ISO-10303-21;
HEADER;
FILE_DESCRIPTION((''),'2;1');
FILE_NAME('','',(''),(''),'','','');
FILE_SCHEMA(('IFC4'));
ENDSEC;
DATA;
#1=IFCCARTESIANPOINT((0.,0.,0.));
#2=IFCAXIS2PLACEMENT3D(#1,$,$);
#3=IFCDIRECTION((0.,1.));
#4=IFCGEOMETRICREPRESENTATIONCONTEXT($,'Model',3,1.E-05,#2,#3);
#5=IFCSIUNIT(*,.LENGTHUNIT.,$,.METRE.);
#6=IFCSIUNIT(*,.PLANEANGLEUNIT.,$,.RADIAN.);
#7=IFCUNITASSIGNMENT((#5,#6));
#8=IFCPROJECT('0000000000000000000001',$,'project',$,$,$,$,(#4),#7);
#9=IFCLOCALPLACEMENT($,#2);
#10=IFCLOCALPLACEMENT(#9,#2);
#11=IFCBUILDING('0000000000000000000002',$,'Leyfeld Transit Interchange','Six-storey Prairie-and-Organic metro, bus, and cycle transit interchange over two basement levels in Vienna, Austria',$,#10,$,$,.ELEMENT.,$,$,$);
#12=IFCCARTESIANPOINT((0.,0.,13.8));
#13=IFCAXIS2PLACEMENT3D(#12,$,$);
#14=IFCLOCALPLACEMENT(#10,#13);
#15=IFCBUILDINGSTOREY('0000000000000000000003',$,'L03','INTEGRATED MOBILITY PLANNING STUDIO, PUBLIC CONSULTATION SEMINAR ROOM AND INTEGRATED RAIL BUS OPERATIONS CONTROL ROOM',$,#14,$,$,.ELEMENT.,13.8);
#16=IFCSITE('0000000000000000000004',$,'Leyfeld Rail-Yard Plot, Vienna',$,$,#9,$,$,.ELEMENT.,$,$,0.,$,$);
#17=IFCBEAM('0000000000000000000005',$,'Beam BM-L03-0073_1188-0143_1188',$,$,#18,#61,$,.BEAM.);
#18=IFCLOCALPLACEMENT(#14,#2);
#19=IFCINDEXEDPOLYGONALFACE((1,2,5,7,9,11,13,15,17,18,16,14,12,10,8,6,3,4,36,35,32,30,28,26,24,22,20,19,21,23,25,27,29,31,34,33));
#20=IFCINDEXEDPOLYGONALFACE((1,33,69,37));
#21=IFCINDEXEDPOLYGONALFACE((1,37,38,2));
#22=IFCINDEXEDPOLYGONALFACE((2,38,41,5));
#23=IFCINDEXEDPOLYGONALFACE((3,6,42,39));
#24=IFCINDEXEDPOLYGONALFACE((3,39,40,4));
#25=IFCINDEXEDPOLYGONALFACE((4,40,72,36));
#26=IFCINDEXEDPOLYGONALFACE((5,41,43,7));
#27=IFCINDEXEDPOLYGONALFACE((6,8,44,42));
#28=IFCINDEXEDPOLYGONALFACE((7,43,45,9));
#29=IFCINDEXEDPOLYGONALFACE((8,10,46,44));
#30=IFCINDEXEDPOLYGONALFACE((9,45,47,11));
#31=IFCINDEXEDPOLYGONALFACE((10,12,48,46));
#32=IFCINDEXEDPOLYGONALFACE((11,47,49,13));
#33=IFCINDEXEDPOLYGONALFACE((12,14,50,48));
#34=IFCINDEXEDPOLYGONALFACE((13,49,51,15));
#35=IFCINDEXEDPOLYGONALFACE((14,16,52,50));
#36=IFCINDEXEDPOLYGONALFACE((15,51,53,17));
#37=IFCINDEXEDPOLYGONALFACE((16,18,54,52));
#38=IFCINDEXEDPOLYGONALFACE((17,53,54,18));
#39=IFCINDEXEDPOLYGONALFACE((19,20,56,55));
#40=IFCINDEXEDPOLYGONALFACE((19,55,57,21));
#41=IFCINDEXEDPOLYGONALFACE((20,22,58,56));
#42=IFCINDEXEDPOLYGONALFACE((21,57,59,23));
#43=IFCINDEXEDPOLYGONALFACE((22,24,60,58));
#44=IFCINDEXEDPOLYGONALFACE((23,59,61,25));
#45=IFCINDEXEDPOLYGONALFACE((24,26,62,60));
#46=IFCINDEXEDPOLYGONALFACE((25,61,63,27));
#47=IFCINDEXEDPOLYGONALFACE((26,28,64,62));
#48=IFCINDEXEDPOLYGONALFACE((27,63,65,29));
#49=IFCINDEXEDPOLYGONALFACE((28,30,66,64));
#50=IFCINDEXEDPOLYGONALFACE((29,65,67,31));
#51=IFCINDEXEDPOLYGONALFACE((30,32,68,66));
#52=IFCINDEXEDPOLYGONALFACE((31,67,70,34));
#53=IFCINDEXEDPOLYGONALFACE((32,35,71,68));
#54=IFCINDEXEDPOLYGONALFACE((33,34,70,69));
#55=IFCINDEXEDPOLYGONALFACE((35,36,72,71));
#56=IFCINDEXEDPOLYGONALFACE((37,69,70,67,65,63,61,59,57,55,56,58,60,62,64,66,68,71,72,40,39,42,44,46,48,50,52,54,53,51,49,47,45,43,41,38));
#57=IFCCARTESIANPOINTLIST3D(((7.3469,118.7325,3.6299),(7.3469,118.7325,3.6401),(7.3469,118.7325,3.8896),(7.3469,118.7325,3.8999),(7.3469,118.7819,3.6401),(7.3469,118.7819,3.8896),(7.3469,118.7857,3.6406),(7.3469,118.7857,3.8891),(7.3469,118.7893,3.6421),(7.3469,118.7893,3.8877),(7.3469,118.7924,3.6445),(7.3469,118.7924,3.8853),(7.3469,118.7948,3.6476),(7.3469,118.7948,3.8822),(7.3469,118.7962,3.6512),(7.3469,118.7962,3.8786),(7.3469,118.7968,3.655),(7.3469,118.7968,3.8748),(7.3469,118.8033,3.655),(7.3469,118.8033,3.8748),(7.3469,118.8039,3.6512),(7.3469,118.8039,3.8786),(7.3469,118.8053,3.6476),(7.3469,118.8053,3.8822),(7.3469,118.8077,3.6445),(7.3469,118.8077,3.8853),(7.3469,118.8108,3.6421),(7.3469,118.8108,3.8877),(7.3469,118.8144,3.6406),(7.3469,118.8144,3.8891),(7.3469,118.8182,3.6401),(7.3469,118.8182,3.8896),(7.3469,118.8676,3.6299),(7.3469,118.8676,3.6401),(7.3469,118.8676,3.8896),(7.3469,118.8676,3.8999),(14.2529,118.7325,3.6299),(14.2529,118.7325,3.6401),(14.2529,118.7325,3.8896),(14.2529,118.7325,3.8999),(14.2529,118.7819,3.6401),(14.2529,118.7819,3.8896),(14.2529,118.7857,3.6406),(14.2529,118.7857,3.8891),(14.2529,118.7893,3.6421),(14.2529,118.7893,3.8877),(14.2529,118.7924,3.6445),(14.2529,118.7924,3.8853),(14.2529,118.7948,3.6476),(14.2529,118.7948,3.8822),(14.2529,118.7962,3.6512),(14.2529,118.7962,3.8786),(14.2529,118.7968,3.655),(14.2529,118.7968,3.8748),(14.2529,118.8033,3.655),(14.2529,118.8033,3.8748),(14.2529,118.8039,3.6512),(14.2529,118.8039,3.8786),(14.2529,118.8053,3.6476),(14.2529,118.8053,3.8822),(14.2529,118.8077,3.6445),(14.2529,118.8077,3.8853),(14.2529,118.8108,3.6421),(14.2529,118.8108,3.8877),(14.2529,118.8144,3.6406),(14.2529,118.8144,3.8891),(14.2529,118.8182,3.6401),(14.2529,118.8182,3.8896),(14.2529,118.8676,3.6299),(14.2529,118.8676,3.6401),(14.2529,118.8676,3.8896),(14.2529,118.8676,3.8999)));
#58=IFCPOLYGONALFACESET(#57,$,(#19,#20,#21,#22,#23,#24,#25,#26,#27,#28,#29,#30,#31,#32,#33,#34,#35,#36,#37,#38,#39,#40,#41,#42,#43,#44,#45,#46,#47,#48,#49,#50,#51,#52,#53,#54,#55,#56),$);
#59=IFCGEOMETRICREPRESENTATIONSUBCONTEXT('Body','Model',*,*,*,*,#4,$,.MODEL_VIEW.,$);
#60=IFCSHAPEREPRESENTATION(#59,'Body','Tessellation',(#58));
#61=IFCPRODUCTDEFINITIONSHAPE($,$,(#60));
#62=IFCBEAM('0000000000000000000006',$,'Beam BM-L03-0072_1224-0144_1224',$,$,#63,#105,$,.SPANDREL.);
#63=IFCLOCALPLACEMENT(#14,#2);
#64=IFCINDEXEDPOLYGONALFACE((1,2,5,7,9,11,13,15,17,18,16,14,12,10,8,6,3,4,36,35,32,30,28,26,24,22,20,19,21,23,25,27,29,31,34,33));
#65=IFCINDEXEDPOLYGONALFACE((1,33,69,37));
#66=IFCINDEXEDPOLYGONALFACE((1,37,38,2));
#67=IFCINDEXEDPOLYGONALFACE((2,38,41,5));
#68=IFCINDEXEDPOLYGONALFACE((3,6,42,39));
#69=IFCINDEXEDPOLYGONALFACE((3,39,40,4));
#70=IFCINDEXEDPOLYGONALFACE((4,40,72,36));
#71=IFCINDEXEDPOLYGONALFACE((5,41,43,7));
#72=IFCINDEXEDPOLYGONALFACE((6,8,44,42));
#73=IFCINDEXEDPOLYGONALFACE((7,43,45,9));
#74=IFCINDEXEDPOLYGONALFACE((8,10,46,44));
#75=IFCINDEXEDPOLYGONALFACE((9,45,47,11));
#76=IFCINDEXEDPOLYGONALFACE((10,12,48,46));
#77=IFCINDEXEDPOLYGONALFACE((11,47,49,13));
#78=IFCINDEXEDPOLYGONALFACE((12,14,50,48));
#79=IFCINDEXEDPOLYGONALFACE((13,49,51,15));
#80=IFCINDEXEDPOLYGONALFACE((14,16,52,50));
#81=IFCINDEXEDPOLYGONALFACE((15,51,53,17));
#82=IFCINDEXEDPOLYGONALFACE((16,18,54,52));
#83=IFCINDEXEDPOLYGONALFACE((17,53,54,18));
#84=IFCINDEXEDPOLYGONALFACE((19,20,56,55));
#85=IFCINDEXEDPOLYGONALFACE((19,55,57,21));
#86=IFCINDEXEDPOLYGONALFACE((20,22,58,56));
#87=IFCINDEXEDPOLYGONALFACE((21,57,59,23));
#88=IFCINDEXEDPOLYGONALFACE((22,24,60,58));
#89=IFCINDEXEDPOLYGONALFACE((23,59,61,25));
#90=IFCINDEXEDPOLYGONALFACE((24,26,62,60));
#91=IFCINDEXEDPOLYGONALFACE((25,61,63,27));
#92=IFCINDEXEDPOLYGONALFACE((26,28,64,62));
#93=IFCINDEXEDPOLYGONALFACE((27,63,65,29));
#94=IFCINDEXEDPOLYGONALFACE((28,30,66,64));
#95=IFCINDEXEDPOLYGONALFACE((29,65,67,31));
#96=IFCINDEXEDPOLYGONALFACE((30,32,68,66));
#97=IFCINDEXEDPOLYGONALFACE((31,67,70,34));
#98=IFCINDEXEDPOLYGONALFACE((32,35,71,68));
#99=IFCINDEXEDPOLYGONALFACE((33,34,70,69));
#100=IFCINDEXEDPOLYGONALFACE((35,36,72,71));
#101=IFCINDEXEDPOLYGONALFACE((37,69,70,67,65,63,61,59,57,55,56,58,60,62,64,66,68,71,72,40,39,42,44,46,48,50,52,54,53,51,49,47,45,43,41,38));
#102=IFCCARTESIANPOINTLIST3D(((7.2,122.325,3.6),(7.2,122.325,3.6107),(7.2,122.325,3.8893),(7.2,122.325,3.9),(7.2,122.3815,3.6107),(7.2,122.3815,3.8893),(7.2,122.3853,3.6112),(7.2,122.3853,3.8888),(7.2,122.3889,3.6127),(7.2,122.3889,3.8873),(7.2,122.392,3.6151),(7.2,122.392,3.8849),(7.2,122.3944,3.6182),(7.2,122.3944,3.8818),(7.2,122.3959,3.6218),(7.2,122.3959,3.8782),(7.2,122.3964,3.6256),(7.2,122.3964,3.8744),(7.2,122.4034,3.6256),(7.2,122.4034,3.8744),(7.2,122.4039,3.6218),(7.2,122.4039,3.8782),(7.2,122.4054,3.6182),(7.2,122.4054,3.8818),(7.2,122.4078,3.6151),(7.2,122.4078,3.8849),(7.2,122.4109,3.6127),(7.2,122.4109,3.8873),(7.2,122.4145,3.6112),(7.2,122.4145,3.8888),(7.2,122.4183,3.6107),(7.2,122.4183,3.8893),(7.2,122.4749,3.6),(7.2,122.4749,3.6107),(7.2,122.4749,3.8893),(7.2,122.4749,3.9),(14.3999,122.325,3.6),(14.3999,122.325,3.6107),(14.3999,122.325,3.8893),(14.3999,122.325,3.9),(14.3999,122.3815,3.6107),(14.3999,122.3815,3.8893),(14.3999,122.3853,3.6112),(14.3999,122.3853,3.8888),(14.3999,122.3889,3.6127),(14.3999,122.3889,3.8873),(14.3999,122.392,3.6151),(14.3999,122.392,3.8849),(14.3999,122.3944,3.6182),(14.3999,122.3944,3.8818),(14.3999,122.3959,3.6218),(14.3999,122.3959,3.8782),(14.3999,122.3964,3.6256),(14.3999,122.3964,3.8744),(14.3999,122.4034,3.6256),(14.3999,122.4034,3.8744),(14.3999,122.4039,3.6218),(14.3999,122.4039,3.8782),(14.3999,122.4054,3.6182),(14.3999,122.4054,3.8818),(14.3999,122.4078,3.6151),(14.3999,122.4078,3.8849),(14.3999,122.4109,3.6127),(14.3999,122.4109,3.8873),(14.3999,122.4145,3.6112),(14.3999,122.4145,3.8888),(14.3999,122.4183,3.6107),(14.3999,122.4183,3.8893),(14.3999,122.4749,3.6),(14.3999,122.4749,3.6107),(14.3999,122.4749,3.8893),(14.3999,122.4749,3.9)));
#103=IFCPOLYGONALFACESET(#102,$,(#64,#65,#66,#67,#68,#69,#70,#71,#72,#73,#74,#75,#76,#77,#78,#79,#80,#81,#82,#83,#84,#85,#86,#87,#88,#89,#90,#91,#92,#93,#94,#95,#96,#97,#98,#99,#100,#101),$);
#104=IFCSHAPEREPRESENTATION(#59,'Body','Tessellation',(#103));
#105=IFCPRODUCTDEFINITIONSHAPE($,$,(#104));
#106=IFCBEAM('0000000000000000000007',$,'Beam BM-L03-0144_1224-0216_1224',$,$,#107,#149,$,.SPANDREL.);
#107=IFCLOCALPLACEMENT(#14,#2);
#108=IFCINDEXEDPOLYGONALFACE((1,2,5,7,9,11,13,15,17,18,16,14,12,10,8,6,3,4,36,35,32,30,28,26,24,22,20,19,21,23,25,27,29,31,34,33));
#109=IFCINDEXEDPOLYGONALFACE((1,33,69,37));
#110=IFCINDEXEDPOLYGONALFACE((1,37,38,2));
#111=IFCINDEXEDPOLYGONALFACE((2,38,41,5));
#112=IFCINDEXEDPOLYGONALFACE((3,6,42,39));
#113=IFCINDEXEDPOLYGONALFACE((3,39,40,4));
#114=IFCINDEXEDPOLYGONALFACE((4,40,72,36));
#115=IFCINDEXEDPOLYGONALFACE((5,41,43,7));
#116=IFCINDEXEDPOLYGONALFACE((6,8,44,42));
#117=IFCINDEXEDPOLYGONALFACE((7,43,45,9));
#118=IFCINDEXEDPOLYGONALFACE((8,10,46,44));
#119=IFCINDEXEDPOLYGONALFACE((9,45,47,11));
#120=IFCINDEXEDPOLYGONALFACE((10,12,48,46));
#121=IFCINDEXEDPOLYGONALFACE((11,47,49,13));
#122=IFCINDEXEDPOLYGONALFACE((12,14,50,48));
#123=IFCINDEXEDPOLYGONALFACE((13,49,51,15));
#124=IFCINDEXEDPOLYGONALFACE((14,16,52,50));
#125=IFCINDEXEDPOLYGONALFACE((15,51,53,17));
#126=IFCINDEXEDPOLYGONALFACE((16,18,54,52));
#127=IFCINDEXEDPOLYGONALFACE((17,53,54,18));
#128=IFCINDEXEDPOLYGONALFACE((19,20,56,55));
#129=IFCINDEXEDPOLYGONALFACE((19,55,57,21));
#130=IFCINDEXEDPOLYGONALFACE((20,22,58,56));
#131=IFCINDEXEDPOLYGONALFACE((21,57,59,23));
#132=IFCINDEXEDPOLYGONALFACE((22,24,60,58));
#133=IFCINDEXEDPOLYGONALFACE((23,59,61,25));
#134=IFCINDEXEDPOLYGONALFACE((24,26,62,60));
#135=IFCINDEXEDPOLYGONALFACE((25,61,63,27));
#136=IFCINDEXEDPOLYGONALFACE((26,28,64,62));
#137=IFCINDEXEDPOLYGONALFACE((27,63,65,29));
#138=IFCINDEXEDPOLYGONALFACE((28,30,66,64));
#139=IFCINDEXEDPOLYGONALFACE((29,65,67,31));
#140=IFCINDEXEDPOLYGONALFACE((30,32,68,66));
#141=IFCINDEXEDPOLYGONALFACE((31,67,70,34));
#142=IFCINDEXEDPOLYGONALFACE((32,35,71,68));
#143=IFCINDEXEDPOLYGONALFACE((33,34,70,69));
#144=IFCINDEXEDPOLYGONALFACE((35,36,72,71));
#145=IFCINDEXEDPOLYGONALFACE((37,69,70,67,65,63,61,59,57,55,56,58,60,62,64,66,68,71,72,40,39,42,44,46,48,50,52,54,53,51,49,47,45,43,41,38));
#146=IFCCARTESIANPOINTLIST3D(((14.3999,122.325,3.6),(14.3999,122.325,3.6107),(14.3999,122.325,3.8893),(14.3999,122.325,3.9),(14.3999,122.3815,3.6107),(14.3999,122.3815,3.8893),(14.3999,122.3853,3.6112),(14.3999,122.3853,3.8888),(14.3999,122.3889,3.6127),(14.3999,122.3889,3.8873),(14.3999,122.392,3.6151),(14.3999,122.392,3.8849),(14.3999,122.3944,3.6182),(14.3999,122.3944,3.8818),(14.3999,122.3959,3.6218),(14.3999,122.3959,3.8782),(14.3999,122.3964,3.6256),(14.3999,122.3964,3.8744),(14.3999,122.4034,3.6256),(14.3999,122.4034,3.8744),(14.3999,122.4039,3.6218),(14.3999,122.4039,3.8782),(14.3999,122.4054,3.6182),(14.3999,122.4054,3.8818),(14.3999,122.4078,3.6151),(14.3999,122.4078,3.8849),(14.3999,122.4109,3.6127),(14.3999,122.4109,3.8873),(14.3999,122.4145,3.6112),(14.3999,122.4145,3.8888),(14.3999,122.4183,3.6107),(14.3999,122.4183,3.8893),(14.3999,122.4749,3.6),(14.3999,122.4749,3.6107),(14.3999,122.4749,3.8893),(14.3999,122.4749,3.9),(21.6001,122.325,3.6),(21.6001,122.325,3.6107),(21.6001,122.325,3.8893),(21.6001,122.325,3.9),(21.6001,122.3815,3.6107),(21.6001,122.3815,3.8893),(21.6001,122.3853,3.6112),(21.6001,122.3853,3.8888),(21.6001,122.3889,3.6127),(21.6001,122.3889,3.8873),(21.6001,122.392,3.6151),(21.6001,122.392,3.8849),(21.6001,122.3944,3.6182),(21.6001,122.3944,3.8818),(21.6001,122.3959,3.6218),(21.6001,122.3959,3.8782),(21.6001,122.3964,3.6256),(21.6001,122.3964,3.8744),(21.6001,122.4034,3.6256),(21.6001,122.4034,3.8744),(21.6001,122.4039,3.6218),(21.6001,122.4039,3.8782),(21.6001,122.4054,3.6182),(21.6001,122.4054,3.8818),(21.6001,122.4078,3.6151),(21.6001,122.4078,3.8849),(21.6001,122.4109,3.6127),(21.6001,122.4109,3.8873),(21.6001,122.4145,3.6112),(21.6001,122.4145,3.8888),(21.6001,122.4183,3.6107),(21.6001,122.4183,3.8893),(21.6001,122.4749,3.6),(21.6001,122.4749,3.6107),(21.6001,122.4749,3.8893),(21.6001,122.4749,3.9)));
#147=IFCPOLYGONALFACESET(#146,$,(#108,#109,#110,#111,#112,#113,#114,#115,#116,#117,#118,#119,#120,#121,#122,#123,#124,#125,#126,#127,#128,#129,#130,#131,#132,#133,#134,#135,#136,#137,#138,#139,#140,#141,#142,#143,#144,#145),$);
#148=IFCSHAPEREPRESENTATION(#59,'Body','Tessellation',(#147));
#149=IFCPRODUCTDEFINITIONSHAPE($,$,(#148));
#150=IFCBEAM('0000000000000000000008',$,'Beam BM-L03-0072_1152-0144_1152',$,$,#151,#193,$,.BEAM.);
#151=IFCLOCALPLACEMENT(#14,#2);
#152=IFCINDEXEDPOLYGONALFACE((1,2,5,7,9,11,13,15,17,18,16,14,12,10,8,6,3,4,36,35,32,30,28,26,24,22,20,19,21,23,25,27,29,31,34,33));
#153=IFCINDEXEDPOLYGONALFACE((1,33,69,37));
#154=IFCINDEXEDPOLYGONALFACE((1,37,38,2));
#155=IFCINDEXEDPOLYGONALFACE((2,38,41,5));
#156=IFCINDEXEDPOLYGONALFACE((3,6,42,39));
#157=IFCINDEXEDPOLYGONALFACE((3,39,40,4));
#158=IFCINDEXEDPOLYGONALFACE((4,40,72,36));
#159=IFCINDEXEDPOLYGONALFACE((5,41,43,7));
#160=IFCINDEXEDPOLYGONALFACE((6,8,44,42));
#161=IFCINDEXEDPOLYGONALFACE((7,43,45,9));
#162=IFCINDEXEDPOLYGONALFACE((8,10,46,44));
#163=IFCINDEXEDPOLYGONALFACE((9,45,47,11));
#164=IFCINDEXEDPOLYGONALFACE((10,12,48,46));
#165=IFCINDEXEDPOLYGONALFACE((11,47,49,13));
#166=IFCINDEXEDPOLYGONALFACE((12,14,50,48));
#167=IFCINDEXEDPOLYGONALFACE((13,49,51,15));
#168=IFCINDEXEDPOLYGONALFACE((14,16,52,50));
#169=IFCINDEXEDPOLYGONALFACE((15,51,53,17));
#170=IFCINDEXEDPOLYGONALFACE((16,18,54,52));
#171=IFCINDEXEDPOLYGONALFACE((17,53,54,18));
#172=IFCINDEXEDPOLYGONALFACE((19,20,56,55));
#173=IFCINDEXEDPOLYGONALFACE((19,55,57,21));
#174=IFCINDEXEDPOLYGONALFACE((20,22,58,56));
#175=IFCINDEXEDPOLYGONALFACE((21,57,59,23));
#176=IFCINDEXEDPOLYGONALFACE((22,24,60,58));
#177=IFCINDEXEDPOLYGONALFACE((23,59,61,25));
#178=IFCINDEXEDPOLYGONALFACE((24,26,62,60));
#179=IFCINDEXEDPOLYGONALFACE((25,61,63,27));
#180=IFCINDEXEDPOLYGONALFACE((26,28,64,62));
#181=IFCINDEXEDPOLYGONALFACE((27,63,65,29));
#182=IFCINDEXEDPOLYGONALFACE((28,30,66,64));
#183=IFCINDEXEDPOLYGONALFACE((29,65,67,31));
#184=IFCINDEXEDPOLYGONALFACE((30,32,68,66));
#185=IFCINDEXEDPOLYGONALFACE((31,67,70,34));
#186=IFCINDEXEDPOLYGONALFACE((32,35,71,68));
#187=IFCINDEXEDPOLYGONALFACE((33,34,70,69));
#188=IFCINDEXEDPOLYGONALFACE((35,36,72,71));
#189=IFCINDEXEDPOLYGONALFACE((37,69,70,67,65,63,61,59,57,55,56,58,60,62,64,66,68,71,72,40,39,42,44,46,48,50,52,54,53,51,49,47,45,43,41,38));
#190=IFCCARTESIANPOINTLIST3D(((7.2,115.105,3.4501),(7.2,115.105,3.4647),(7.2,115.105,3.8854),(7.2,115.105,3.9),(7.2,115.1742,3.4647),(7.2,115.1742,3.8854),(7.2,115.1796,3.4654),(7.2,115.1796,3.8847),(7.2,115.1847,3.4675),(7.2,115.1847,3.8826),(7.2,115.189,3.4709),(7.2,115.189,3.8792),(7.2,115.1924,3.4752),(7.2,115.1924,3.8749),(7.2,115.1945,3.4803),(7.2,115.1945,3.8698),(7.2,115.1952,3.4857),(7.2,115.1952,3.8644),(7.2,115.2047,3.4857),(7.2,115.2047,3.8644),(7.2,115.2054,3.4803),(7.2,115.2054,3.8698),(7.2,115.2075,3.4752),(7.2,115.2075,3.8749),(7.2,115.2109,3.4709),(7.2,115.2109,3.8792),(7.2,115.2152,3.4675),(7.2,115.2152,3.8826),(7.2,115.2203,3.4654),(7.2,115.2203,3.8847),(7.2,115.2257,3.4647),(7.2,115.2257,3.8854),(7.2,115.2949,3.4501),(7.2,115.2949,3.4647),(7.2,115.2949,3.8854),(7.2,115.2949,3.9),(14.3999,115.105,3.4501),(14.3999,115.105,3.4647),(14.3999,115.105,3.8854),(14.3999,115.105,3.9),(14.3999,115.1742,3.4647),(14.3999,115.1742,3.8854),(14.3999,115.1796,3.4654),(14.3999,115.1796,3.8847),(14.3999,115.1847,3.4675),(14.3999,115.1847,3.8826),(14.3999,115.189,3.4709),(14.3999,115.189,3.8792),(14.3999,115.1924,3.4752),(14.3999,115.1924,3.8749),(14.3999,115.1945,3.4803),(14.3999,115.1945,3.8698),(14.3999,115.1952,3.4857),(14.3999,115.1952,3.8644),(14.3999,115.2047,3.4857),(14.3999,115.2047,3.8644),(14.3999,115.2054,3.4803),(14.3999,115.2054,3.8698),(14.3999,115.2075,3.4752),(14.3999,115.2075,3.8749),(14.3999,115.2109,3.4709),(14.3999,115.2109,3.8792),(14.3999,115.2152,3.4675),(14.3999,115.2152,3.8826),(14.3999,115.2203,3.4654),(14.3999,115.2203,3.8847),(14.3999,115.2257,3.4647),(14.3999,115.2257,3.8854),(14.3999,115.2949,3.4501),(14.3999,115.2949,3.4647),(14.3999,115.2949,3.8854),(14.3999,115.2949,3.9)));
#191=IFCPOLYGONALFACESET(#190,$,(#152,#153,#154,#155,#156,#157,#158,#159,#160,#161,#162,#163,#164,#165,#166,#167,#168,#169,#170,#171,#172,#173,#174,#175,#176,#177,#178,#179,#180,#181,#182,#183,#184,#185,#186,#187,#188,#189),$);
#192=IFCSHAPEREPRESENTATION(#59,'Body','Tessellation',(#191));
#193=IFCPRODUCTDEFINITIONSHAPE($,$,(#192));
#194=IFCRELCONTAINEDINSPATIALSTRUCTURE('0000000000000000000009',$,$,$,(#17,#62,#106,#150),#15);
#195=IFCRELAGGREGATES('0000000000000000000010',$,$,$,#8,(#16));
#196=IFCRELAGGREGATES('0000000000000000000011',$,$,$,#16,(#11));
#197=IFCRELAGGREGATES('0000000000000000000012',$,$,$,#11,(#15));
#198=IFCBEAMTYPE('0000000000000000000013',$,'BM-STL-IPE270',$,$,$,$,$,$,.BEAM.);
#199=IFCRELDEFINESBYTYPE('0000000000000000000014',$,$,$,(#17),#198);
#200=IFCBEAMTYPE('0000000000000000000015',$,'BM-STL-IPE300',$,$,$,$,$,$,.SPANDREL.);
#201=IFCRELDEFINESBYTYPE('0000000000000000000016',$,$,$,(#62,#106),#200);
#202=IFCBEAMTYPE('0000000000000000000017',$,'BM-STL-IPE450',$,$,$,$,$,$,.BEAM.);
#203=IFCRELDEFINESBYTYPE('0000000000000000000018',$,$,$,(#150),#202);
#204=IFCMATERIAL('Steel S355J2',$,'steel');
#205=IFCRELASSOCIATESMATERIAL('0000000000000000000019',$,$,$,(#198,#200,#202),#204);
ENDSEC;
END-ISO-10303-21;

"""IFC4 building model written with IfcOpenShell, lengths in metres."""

from ifc_helpers import new_model, si_unit, direction, frame, origin, origin_2d, place, context, subcontext, project, spatial, i_section, extrude, material, material_profile, profile_set, type_object, element, save


model = new_model("IFC4")

# Units and contexts
model_context = context("Model", 3, precision=1e-05, world=origin(), true_north=direction((0.0, 1.0)))
body_context = subcontext(model_context, "Body", "Model", "MODEL_VIEW")
ifc_project = project(units=[si_unit("LENGTHUNIT", "METRE"), si_unit("PLANEANGLEUNIT", "RADIAN")], contexts=[model_context])

# Site, building, storey
site_placement = place(None, origin())
site = spatial("IfcSite", under=ifc_project, at=site_placement, Name="Leyfeld Rail-Yard Plot, Vienna", CompositionType="ELEMENT", RefElevation=0.0)
building_placement = place(site_placement, origin())
building = spatial("IfcBuilding", under=site, at=building_placement, Name="Leyfeld Transit Interchange", Description="Six-storey Prairie-and-Organic metro, bus, and cycle transit interchange over two basement levels in Vienna, Austria", CompositionType="ELEMENT")
storey_placement = place(building_placement, frame((0.0, 0.0, 13.8)))
storey = spatial("IfcBuildingStorey", under=building, at=storey_placement, Name="L03", Description="INTEGRATED MOBILITY PLANNING STUDIO, PUBLIC CONSULTATION SEMINAR ROOM AND INTEGRATED RAIL BUS OPERATIONS CONTROL ROOM", CompositionType="ELEMENT", Elevation=13.8)

# Beams
ifc_material_1 = material(Name="Steel S355J2", Category="steel")
ifc_material_profile_1 = material_profile(ifc_material_1, i_section(OverallWidth=0.135, OverallDepth=0.27, WebThickness=0.0066, FlangeThickness=0.0103, FilletRadius=0.0149, at=origin_2d()), Name="IPE 270")
ifc_profile_set_1 = profile_set([ifc_material_profile_1], Name="Steel S355J2")
beam_type_1 = type_object("IfcBeamType", Name="BM-STL-IPE270", PredefinedType="BEAM", material=ifc_profile_set_1)
for number, where, z_axis, x_axis, name in (
    (1, (7.3469, 118.8, 3.7649), (1.0, 0.0, 0.0), (0.0, 1.0, 0.0), "Beam BM-L03-0073_1188-0143_1188"),
):
    element("IfcBeam", number, at=place(storey_placement, frame(where, z_axis=z_axis, x_axis=x_axis)), inside=storey, type_object=beam_type_1, Name=name, PredefinedType="BEAM", context=body_context, shape_type="SweptSolid", body=[
        extrude(i_section(OverallWidth=0.135, OverallDepth=0.27, WebThickness=0.0066, FlangeThickness=0.0103, FilletRadius=0.0149, at=origin_2d()), origin(), (0.0, 0.0, 1.0), 6.906),
    ])
ifc_material_profile_2 = material_profile(ifc_material_1, i_section(OverallWidth=0.1499, OverallDepth=0.3, WebThickness=0.0071, FlangeThickness=0.0107, FilletRadius=0.0149, at=origin_2d()), Name="IPE 300")
ifc_profile_set_2 = profile_set([ifc_material_profile_2], Name="Steel S355J2")
beam_type_2 = type_object("IfcBeamType", Name="BM-STL-IPE300", PredefinedType="SPANDREL", material=ifc_profile_set_2)
beam_1_placement = place(storey_placement, frame((7.2, 122.3999, 3.75), z_axis=(1.0, 0.0, 0.0), x_axis=(0.0, 1.0, 0.0)))
element("IfcBeam", 2, at=beam_1_placement, inside=storey, type_object=beam_type_2, Name="Beam BM-L03-0072_1224-0144_1224", PredefinedType="SPANDREL", context=body_context, shape_type="SweptSolid", body=[
    extrude(i_section(OverallWidth=0.1499, OverallDepth=0.3, WebThickness=0.0071, FlangeThickness=0.0107, FilletRadius=0.0149, at=origin_2d()), origin(), (0.0, 0.0, 1.0), 7.2),
])
beam_2_placement = place(storey_placement, frame((14.3999, 122.3999, 3.75), z_axis=(1.0, 0.0, 0.0), x_axis=(0.0, 1.0, 0.0)))
element("IfcBeam", 3, at=beam_2_placement, inside=storey, type_object=beam_type_2, Name="Beam BM-L03-0144_1224-0216_1224", PredefinedType="SPANDREL", context=body_context, shape_type="SweptSolid", body=[
    extrude(i_section(OverallWidth=0.1499, OverallDepth=0.3, WebThickness=0.0071, FlangeThickness=0.0107, FilletRadius=0.0149, at=origin_2d()), origin(), (0.0, 0.0, 1.0), 7.2002),
])
ifc_material_profile_3 = material_profile(ifc_material_1, i_section(OverallWidth=0.1899, OverallDepth=0.45, WebThickness=0.0095, FlangeThickness=0.0146, FilletRadius=0.021, at=origin_2d()), Name="IPE 450")
ifc_profile_set_3 = profile_set([ifc_material_profile_3], Name="Steel S355J2")
beam_type_3 = type_object("IfcBeamType", Name="BM-STL-IPE450", PredefinedType="BEAM", material=ifc_profile_set_3)
beam_3_placement = place(storey_placement, frame((7.2, 115.2, 3.675), z_axis=(1.0, 0.0, 0.0), x_axis=(0.0, 1.0, 0.0)))
element("IfcBeam", 4, at=beam_3_placement, inside=storey, type_object=beam_type_3, Name="Beam BM-L03-0072_1152-0144_1152", PredefinedType="BEAM", context=body_context, shape_type="SweptSolid", body=[
    extrude(i_section(OverallWidth=0.1899, OverallDepth=0.45, WebThickness=0.0095, FlangeThickness=0.0146, FilletRadius=0.021, at=origin_2d()), origin(), (0.0, 0.0, 1.0), 7.2),
])

save(model, "model.ifc")
